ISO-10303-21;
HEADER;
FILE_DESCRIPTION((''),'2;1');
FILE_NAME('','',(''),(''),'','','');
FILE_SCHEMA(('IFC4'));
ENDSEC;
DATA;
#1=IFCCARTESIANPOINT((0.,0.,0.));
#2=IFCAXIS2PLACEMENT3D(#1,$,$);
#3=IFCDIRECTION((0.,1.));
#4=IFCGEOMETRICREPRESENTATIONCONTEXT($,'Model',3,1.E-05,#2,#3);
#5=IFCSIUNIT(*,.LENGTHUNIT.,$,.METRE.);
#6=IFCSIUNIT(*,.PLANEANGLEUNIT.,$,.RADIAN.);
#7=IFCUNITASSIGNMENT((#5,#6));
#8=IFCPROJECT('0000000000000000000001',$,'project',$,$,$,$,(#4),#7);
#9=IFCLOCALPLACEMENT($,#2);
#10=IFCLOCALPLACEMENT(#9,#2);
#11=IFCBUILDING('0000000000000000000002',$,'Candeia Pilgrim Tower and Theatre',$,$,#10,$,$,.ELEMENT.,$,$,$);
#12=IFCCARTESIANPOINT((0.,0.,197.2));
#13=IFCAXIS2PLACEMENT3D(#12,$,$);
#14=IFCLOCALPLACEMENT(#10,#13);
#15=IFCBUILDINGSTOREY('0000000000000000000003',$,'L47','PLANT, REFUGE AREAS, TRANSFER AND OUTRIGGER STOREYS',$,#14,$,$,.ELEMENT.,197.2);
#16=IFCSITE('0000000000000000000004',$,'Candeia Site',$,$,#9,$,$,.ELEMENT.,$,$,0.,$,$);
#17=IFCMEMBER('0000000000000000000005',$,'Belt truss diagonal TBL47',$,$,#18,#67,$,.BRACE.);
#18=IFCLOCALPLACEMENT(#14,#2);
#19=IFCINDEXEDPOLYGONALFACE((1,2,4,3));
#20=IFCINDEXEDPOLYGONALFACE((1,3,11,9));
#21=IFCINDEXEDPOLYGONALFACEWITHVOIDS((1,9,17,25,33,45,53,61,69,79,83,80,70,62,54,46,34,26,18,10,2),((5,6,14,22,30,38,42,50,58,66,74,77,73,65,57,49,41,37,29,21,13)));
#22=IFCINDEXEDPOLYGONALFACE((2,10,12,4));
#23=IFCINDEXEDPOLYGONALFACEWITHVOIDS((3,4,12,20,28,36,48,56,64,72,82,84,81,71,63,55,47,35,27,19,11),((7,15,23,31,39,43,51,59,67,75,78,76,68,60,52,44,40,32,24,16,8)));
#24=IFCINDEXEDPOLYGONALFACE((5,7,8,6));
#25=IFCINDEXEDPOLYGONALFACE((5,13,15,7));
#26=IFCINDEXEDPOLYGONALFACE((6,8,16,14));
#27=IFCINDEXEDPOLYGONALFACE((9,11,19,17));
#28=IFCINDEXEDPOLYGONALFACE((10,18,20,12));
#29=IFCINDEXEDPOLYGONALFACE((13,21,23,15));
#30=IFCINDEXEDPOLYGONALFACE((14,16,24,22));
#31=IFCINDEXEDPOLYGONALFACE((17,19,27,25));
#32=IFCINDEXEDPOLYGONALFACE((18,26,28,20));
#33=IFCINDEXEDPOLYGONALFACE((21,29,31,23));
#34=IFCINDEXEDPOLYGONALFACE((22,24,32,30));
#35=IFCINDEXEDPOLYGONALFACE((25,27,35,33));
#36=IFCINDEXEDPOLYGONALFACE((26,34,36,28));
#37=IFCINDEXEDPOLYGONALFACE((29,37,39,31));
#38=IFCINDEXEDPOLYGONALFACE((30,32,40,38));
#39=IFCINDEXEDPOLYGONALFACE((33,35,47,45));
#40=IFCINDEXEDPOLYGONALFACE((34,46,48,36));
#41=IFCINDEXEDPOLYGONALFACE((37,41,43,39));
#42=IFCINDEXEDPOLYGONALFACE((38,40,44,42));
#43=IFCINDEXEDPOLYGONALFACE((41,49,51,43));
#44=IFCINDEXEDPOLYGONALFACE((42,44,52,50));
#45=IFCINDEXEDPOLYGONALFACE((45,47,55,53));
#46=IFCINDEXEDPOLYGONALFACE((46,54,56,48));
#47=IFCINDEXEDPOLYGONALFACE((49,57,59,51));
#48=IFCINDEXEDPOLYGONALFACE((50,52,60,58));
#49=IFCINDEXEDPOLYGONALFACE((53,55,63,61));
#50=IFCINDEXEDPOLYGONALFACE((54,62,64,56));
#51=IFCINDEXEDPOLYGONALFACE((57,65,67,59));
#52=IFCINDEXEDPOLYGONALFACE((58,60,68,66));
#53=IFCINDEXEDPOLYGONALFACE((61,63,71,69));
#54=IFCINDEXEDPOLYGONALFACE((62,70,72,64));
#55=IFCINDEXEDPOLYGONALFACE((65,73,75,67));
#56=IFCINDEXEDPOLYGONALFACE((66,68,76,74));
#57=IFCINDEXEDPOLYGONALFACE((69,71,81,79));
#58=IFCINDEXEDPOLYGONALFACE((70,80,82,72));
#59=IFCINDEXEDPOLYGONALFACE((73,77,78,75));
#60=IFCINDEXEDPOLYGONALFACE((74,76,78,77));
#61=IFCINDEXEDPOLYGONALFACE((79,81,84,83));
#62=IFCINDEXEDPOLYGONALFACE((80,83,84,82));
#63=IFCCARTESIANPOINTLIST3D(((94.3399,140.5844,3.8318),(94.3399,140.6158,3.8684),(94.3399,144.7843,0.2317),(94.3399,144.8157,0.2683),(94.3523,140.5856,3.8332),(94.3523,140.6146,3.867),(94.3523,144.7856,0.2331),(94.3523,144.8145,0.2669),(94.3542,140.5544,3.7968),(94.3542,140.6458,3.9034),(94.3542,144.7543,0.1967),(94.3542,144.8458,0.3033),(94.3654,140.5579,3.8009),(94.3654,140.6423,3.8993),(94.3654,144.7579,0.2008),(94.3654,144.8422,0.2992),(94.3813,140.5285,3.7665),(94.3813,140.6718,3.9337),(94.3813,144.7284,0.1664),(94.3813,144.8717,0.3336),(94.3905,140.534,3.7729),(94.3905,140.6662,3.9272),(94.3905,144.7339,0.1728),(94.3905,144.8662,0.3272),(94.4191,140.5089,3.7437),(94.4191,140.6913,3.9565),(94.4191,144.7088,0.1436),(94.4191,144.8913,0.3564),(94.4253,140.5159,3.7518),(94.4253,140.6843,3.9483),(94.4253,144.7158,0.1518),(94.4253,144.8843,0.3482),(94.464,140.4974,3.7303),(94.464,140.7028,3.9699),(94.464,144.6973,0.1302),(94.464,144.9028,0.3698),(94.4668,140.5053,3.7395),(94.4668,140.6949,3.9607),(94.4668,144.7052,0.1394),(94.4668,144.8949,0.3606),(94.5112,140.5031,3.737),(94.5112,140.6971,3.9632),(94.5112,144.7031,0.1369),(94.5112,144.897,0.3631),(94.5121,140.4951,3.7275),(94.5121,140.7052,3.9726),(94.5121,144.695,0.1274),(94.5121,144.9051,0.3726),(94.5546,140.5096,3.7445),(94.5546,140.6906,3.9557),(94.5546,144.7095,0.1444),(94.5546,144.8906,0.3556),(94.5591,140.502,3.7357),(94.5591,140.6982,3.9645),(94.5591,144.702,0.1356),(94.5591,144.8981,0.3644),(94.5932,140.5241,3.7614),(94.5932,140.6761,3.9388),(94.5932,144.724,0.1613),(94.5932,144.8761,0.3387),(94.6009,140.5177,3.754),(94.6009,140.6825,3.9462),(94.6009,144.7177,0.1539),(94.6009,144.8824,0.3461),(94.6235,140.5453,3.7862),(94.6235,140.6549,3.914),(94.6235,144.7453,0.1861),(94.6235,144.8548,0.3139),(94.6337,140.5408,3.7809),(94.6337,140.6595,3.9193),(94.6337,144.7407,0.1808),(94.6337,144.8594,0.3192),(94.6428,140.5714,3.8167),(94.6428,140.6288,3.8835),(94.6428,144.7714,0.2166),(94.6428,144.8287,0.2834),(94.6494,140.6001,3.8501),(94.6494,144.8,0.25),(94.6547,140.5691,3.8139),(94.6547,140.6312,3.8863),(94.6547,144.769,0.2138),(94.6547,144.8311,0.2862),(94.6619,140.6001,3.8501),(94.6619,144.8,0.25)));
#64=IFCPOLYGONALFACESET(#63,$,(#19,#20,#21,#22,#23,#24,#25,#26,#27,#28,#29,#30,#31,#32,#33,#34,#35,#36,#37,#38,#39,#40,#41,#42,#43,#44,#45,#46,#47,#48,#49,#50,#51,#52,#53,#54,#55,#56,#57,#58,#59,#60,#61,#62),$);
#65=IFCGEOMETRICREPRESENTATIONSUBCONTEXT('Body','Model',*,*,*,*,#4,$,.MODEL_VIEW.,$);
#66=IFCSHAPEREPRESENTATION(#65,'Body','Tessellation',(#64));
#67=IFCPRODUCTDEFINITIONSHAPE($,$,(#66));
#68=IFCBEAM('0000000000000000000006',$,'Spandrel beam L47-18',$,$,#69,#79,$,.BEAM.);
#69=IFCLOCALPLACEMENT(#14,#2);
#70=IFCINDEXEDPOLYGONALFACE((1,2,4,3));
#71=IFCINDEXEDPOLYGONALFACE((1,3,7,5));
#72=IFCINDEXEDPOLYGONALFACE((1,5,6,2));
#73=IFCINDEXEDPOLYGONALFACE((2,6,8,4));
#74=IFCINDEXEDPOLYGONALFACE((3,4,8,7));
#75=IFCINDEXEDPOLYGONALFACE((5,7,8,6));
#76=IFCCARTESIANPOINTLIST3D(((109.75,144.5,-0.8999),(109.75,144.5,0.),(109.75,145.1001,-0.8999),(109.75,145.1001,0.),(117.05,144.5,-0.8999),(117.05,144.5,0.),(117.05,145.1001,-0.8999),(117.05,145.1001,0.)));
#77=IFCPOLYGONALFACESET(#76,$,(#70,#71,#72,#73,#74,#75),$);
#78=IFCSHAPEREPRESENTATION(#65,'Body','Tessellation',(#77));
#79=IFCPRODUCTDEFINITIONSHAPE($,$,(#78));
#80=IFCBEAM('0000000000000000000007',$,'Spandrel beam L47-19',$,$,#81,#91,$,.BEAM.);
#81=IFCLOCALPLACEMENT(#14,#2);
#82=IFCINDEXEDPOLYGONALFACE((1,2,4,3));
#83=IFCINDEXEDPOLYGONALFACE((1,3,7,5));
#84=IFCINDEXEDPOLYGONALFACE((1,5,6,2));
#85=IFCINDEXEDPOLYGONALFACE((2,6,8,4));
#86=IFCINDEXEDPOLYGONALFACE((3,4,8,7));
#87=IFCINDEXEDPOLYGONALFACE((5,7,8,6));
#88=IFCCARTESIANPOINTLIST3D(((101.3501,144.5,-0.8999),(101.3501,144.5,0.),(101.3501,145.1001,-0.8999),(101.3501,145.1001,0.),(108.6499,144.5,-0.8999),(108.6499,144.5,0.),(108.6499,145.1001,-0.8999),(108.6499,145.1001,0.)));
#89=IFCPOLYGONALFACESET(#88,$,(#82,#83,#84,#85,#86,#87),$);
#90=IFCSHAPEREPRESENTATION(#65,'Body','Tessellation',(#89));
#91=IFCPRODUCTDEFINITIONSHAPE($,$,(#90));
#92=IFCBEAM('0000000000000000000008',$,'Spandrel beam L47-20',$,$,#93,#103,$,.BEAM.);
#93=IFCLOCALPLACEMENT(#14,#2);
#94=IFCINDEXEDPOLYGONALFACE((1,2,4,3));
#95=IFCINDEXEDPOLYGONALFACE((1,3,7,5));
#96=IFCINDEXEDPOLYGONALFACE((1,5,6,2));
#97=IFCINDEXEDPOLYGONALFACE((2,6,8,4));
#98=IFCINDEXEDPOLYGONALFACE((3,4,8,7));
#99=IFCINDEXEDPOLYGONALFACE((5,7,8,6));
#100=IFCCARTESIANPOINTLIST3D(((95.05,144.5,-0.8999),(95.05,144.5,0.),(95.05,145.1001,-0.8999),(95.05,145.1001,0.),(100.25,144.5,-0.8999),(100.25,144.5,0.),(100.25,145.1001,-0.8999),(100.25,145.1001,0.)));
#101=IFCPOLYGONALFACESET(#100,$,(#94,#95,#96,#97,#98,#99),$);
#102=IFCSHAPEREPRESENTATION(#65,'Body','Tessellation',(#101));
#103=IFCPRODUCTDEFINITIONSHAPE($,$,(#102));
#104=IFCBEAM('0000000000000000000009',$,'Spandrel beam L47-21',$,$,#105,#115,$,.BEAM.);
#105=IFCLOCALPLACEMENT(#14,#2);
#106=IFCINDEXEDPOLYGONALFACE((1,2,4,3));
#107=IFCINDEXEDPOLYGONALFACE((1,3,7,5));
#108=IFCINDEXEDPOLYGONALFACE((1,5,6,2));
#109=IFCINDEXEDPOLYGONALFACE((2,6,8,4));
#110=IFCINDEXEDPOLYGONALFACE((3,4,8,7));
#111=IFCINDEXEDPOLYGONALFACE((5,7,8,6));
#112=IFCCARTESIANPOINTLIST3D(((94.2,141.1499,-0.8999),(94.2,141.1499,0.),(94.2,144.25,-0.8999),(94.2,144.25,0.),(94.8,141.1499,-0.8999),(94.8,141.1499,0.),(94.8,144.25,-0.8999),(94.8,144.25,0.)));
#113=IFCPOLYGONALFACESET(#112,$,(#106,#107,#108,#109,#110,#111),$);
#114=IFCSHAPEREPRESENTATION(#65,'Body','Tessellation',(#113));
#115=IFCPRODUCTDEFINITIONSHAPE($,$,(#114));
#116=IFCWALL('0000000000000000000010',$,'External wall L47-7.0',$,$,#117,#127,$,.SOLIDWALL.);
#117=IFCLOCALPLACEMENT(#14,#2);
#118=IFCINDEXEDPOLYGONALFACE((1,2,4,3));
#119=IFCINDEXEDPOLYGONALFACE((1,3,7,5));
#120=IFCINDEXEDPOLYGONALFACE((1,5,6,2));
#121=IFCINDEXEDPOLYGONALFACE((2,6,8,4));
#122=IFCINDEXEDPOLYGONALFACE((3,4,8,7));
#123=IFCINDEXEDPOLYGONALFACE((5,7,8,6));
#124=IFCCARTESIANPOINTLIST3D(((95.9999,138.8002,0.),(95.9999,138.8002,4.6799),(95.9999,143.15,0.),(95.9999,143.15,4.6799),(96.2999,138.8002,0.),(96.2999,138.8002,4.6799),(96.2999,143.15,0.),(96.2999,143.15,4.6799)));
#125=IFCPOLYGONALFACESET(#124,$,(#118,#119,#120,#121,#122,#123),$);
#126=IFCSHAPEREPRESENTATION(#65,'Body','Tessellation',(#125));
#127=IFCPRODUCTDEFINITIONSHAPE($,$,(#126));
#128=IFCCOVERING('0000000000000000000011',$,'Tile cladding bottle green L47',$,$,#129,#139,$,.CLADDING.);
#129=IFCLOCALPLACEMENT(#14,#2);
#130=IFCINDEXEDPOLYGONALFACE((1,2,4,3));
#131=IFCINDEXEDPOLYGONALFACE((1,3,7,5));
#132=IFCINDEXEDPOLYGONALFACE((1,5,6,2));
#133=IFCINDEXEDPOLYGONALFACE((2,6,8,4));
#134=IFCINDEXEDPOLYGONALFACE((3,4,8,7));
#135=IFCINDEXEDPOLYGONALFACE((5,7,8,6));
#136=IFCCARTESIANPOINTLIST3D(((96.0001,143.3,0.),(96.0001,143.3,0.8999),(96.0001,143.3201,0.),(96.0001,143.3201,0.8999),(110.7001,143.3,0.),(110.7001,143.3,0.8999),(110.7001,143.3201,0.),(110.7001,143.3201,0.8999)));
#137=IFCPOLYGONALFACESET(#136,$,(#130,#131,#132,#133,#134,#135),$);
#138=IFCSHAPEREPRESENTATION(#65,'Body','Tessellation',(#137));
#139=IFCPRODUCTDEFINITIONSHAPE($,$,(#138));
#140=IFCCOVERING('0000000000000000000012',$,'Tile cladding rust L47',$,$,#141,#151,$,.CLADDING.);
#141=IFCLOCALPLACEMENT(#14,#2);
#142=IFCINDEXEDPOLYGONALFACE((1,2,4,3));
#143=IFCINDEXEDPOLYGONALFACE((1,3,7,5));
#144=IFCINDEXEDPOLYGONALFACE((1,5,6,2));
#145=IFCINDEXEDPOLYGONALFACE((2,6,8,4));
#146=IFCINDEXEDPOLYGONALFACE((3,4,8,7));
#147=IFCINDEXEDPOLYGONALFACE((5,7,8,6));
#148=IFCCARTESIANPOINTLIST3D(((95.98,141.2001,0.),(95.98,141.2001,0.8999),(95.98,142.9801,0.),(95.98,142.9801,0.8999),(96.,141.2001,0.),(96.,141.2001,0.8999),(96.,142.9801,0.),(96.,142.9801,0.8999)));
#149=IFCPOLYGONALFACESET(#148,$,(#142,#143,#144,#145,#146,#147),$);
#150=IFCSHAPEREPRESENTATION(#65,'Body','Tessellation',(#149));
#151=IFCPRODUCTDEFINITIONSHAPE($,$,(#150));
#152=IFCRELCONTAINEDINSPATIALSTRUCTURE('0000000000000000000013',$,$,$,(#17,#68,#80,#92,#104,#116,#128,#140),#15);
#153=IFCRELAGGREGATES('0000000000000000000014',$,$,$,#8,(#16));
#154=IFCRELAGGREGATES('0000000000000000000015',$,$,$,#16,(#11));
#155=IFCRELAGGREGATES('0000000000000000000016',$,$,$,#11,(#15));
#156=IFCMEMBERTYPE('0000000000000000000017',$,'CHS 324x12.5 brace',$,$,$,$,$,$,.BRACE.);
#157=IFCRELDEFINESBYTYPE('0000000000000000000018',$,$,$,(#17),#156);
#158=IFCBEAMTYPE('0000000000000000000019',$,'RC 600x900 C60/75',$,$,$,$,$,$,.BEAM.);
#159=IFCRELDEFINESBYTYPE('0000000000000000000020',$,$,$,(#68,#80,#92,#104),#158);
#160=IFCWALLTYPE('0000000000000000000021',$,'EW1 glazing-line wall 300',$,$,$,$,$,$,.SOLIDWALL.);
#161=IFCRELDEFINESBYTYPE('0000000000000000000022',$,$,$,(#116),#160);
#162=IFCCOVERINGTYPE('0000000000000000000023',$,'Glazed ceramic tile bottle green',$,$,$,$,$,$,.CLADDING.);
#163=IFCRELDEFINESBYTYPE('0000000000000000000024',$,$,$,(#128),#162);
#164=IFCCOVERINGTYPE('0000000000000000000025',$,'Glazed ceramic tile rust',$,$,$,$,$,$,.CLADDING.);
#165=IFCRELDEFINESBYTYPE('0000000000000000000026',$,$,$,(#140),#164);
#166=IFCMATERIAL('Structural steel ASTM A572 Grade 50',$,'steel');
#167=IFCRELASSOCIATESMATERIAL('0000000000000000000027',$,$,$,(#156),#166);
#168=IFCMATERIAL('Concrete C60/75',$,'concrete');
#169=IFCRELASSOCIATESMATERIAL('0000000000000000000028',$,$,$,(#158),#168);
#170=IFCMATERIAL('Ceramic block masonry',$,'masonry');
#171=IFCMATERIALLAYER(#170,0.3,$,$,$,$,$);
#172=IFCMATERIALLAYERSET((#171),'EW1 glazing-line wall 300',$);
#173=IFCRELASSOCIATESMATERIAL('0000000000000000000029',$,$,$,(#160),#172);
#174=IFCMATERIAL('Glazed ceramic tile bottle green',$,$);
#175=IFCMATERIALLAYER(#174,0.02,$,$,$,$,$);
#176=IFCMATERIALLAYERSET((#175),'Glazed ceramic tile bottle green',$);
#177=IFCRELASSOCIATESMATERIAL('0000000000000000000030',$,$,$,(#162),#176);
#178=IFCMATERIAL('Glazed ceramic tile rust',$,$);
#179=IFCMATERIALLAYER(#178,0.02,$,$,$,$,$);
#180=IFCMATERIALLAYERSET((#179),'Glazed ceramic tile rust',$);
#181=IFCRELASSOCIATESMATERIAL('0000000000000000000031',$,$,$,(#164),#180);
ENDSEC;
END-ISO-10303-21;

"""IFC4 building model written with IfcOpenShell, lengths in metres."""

from ifc_helpers import new_model, si_unit, direction, frame, frame_2d, origin, origin_2d, place, context, subcontext, project, spatial, rectangle, hollow_circle, extrude, material, layer, layer_set, material_profile, profile_set, type_object, element, save


model = new_model("IFC4")

# Units and contexts
model_context = context("Model", 3, precision=1e-05, world=origin(), true_north=direction((0.0, 1.0)))
body_context = subcontext(model_context, "Body", "Model", "MODEL_VIEW")
ifc_project = project(units=[si_unit("LENGTHUNIT", "METRE"), si_unit("PLANEANGLEUNIT", "RADIAN")], contexts=[model_context])

# Site, building, storey
site_placement = place(None, origin())
site = spatial("IfcSite", under=ifc_project, at=site_placement, Name="Candeia Site", CompositionType="ELEMENT", RefElevation=0.0)
building_placement = place(site_placement, origin())
building = spatial("IfcBuilding", under=site, at=building_placement, Name="Candeia Pilgrim Tower and Theatre", CompositionType="ELEMENT")
storey_placement = place(building_placement, frame((0.0, 0.0, 197.2)))
storey = spatial("IfcBuildingStorey", under=building, at=storey_placement, Name="L47", Description="PLANT, REFUGE AREAS, TRANSFER AND OUTRIGGER STOREYS", CompositionType="ELEMENT", Elevation=197.2)

# Shared definitions
ifc_material_1 = material(Name="Concrete C60/75", Category="concrete")

# Member
ifc_material_2 = material(Name="Structural steel ASTM A572 Grade 50", Category="steel")
ifc_material_profile_1 = material_profile(ifc_material_2, hollow_circle(Radius=0.1619, WallThickness=0.0125, at=origin_2d()))
ifc_profile_set_1 = profile_set([ifc_material_profile_1], Name="Structural steel ASTM A572 Grade 50")
member_type_1 = type_object("IfcMemberType", Name="CHS 324x12.5 brace", PredefinedType="BRACE", material=ifc_profile_set_1)
member_1_placement = place(storey_placement, frame((94.5, 144.8, 0.25), z_axis=(0.0, -0.759244, 0.650806), x_axis=(1.0, 0.0, 0.0)))
element("IfcMember", 1, at=member_1_placement, inside=storey, type_object=member_type_1, Name="Belt truss diagonal TBL47", PredefinedType="BRACE", context=body_context, shape_type="SweptSolid", body=[
    extrude(hollow_circle(Radius=0.1619, WallThickness=0.0125, at=origin_2d()), origin(), (0.0, 0.0, 1.0), 5.5317),
])

# Beams
ifc_material_profile_2 = material_profile(ifc_material_1, rectangle(XDim=0.6001, YDim=0.8999, at=origin_2d()))
ifc_profile_set_2 = profile_set([ifc_material_profile_2], Name="Concrete C60/75")
beam_type = type_object("IfcBeamType", Name="RC 600x900 C60/75", PredefinedType="BEAM", material=ifc_profile_set_2)
beam_1_placement = place(storey_placement, frame((117.05, 144.8, -0.45), z_axis=(-1.0, 0.0, 0.0), x_axis=(0.0, -1.0, 0.0)))
element("IfcBeam", 2, at=beam_1_placement, inside=storey, type_object=beam_type, Name="Spandrel beam L47-18", PredefinedType="BEAM", context=body_context, shape_type="SweptSolid", body=[
    extrude(rectangle(XDim=0.6001, YDim=0.8999, at=origin_2d()), origin(), (0.0, 0.0, 1.0), 7.3),
])
beam_2_placement = place(storey_placement, frame((108.6499, 144.8, -0.45), z_axis=(-1.0, 0.0, 0.0), x_axis=(0.0, -1.0, 0.0)))
element("IfcBeam", 3, at=beam_2_placement, inside=storey, type_object=beam_type, Name="Spandrel beam L47-19", PredefinedType="BEAM", context=body_context, shape_type="SweptSolid", body=[
    extrude(rectangle(XDim=0.6001, YDim=0.8999, at=origin_2d()), origin(), (0.0, 0.0, 1.0), 7.2998),
])
beam_3_placement = place(storey_placement, frame((100.25, 144.8, -0.45), z_axis=(-1.0, 0.0, 0.0), x_axis=(0.0, -1.0, 0.0)))
element("IfcBeam", 4, at=beam_3_placement, inside=storey, type_object=beam_type, Name="Spandrel beam L47-20", PredefinedType="BEAM", context=body_context, shape_type="SweptSolid", body=[
    extrude(rectangle(XDim=0.6001, YDim=0.8999, at=origin_2d()), origin(), (0.0, 0.0, 1.0), 5.2),
])
beam_4_placement = place(storey_placement, frame((94.5, 144.25, -0.45), z_axis=(0.0, -1.0, 0.0), x_axis=(1.0, 0.0, 0.0)))
element("IfcBeam", 5, at=beam_4_placement, inside=storey, type_object=beam_type, Name="Spandrel beam L47-21", PredefinedType="BEAM", context=body_context, shape_type="SweptSolid", body=[
    extrude(rectangle(XDim=0.6001, YDim=0.8999, at=origin_2d()), origin(), (0.0, 0.0, 1.0), 3.1001),
])

# Wall
ifc_material_3 = material(Name="Ceramic block masonry", Category="masonry")
ifc_layer_1 = layer(ifc_material_3, 0.3)
ifc_layer_set_1 = layer_set([ifc_layer_1], Name="EW1 glazing-line wall 300")
wall_type = type_object("IfcWallType", Name="EW1 glazing-line wall 300", PredefinedType="SOLIDWALL", material=ifc_layer_set_1)
wall_placement = place(storey_placement, frame((96.1499, 143.1499, 0.0), z_axis=(0.0, 0.0, 1.0), x_axis=(0.0, -1.0, 0.0)))
element("IfcWall", 6, at=wall_placement, inside=storey, type_object=wall_type, Name="External wall L47-7.0", PredefinedType="SOLIDWALL", context=body_context, shape_type="SweptSolid", body=[
    extrude(rectangle(XDim=4.3499, YDim=0.3, at=frame_2d((2.1748, 0.0))), origin(), (0.0, 0.0, 1.0), 4.6799),
])

# Coverings
ifc_material_4 = material(Name="Glazed ceramic tile bottle green")
ifc_layer_2 = layer(ifc_material_4, 0.02)
ifc_layer_set_2 = layer_set([ifc_layer_2], Name="Glazed ceramic tile bottle green")
covering_type_1 = type_object("IfcCoveringType", Name="Glazed ceramic tile bottle green", PredefinedType="CLADDING", material=ifc_layer_set_2)
covering_1_placement = place(storey_placement, frame((103.3501, 143.3101, 0.0), z_axis=(0.0, 0.0, 1.0), x_axis=(-1.0, 0.0, 0.0)))
element("IfcCovering", 7, at=covering_1_placement, inside=storey, type_object=covering_type_1, Name="Tile cladding bottle green L47", PredefinedType="CLADDING", context=body_context, shape_type="SweptSolid", body=[
    extrude(rectangle(XDim=14.7, YDim=0.02, at=origin_2d()), origin(), (0.0, 0.0, 1.0), 0.8999),
])
ifc_material_5 = material(Name="Glazed ceramic tile rust")
ifc_layer_3 = layer(ifc_material_5, 0.02)
ifc_layer_set_3 = layer_set([ifc_layer_3], Name="Glazed ceramic tile rust")
covering_type_2 = type_object("IfcCoveringType", Name="Glazed ceramic tile rust", PredefinedType="CLADDING", material=ifc_layer_set_3)
covering_2_placement = place(storey_placement, frame((95.99, 142.0901, 0.0), z_axis=(0.0, 0.0, 1.0), x_axis=(0.0, -1.0, 0.0)))
element("IfcCovering", 8, at=covering_2_placement, inside=storey, type_object=covering_type_2, Name="Tile cladding rust L47", PredefinedType="CLADDING", context=body_context, shape_type="SweptSolid", body=[
    extrude(rectangle(XDim=1.78, YDim=0.02, at=origin_2d()), origin(), (0.0, 0.0, 1.0), 0.8999),
])

save(model, "model.ifc")
